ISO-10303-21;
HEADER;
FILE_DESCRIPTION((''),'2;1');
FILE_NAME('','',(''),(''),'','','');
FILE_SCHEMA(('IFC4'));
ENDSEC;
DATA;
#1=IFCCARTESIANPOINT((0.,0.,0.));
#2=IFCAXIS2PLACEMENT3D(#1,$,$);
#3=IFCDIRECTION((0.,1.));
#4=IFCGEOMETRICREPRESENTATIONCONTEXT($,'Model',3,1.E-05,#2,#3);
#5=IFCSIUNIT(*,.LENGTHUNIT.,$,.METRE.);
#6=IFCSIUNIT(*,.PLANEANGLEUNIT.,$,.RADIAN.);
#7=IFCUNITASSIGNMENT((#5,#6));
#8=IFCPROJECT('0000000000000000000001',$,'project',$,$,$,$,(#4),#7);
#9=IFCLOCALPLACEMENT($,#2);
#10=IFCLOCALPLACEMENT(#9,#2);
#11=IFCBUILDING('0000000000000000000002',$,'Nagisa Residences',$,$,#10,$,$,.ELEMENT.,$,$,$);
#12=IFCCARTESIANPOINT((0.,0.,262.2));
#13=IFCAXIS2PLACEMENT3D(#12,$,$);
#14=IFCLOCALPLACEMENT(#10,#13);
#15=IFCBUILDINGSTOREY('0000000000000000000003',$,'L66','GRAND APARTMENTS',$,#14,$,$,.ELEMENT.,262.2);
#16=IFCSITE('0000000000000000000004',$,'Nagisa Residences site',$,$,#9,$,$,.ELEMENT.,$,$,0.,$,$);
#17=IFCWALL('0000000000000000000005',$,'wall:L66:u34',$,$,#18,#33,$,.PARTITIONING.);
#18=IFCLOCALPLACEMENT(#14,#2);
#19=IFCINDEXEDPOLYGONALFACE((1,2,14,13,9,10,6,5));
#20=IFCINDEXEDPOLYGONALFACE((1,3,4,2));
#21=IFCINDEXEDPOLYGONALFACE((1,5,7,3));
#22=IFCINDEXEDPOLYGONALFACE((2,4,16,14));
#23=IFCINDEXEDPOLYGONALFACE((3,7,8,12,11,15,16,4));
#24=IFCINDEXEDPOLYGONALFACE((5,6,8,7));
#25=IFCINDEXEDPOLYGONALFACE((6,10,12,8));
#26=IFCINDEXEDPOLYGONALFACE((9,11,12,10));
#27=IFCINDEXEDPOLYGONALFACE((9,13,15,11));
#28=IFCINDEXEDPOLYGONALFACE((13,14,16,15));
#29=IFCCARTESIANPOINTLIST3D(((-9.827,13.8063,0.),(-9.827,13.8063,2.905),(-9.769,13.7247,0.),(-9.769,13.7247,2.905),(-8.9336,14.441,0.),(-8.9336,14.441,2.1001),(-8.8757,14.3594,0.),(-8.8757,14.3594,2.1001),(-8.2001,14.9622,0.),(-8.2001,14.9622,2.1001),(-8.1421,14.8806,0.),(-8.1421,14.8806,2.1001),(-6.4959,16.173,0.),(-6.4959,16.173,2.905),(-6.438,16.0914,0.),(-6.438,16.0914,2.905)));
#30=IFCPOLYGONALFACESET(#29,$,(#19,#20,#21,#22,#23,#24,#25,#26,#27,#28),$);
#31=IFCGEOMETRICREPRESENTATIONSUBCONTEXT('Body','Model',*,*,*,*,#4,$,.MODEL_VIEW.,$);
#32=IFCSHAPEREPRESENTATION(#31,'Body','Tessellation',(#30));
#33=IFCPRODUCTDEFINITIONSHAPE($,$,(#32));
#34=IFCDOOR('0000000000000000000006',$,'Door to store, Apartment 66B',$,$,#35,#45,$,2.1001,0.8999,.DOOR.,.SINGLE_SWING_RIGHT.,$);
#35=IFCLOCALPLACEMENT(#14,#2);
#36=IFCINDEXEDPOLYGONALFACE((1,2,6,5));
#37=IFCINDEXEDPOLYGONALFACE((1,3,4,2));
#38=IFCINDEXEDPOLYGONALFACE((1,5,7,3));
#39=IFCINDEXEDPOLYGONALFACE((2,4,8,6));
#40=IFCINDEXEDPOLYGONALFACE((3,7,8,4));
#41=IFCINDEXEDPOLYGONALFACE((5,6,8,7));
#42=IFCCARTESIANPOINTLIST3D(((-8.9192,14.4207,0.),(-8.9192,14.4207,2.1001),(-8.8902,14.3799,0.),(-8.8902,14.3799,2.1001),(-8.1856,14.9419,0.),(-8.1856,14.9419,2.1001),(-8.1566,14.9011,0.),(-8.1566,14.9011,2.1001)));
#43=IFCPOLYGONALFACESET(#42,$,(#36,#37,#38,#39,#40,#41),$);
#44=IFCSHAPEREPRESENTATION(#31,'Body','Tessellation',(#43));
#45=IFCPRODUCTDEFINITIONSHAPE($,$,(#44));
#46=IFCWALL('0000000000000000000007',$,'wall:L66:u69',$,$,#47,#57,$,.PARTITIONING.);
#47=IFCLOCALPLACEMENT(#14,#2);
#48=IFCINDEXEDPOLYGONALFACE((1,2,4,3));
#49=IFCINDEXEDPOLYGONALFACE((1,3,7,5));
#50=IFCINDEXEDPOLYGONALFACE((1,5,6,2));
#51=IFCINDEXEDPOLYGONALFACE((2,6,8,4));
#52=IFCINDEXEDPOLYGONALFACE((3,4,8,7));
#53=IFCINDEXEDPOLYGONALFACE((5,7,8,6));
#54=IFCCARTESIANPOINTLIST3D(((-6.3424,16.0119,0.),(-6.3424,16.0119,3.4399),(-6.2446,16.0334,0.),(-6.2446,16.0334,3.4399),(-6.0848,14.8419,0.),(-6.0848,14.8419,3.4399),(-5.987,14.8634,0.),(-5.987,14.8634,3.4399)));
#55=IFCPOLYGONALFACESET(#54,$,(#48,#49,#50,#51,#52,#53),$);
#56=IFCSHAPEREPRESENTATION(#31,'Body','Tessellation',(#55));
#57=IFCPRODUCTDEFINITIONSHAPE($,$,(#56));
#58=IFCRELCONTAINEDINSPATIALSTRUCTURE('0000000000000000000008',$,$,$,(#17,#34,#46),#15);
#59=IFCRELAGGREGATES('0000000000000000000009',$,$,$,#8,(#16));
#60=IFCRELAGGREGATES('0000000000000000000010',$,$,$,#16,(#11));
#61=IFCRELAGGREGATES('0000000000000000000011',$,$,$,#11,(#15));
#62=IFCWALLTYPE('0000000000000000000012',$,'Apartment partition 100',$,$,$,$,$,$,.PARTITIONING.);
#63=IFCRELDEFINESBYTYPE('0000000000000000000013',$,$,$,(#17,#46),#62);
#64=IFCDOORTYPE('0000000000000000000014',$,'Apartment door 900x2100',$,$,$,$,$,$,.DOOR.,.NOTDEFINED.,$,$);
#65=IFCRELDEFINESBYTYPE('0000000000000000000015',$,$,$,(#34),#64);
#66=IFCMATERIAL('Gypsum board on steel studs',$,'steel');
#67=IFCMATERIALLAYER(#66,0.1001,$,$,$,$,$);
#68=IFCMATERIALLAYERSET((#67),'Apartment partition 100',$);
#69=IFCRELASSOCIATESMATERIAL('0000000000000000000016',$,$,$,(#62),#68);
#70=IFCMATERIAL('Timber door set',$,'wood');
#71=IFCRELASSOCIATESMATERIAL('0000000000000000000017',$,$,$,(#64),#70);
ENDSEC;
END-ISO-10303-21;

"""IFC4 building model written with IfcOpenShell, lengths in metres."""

from ifc_helpers import new_model, si_unit, direction, frame, frame_2d, origin, place, context, subcontext, project, spatial, rectangle, extrude, material, layer, layer_set, type_object, element, fill, save


model = new_model("IFC4")

# Units and contexts
model_context = context("Model", 3, precision=1e-05, world=origin(), true_north=direction((0.0, 1.0)))
body_context = subcontext(model_context, "Body", "Model", "MODEL_VIEW")
ifc_project = project(units=[si_unit("LENGTHUNIT", "METRE"), si_unit("PLANEANGLEUNIT", "RADIAN")], contexts=[model_context])

# Site, building, storey
site_placement = place(None, origin())
site = spatial("IfcSite", under=ifc_project, at=site_placement, Name="Nagisa Residences site", CompositionType="ELEMENT", RefElevation=0.0)
building_placement = place(site_placement, origin())
building = spatial("IfcBuilding", under=site, at=building_placement, Name="Nagisa Residences", CompositionType="ELEMENT")
storey_placement = place(building_placement, frame((0.0, 0.0, 262.2)))
storey = spatial("IfcBuildingStorey", under=building, at=storey_placement, Name="L66", Description="GRAND APARTMENTS", CompositionType="ELEMENT", Elevation=262.2)

# Shared definitions
ifc_material_1 = material(Name="Gypsum board on steel studs", Category="steel")
ifc_layer_1 = layer(ifc_material_1, 0.1001)
ifc_layer_set_1 = layer_set([ifc_layer_1], Name="Apartment partition 100")
wall_type_1 = type_object("IfcWallType", Name="Apartment partition 100", PredefinedType="PARTITIONING", material=ifc_layer_set_1)

# Wall, opening, door
ifc_material_2 = material(Name="Timber door set", Category="wood")
door_type_1 = type_object("IfcDoorType", Name="Apartment door 900x2100", OperationType="NOTDEFINED", PredefinedType="DOOR", material=ifc_material_2)
wall_1_placement = place(storey_placement, frame((-6.467, 16.1321, 0.0), z_axis=(0.0, 0.0, 1.0), x_axis=(-0.815192, -0.57919, 0.0)))
wall_1 = element("IfcWall", 1, at=wall_1_placement, inside=storey, type_object=wall_type_1, Name="wall:L66:u34", PredefinedType="PARTITIONING", context=body_context, shape_type="SweptSolid", body=[
    extrude(rectangle(XDim=4.0862, YDim=0.1001, at=frame_2d((2.043, 0.0))), origin(), (0.0, 0.0, 1.0), 2.905),
])
opening_1_placement = place(wall_1_placement, frame((2.0903, 0.0, 0.0)))
opening_1 = element("IfcOpeningElement", 2, at=opening_1_placement, cuts=wall_1, PredefinedType="OPENING", context=body_context, shape_type="SweptSolid", body=[
    extrude(rectangle(XDim=0.8999, YDim=2.1001, at=frame_2d((0.45, 1.05))), frame((0.0, 0.0601, 0.0), z_axis=(0.0, -1.0, 0.0), x_axis=(1.0, 0.0, 0.0)), (0.0, 0.0, 1.0), 0.1201),
])
door_1_placement = place(opening_1_placement, origin())
door_1 = element("IfcDoor", 3, at=door_1_placement, inside=storey, type_object=door_type_1, Name="Door to store, Apartment 66B", OperationType="SINGLE_SWING_RIGHT", OverallHeight=2.1001, OverallWidth=0.8999, PredefinedType="DOOR", context=body_context, shape_type="SweptSolid", body=[
    extrude(rectangle(XDim=0.8999, YDim=2.1001, at=frame_2d((0.45, 1.05))), frame((0.0, 0.0249, 0.0), z_axis=(0.0, -1.0, 0.0), x_axis=(1.0, 0.0, 0.0)), (0.0, 0.0, 1.0), 0.05),
])
fill(opening_1, door_1)

# Wall
wall_2_placement = place(storey_placement, frame((-6.0359, 14.8525, 0.0), z_axis=(0.0, 0.0, 1.0), x_axis=(-0.21501, 0.976612, 0.0)))
element("IfcWall", 4, at=wall_2_placement, inside=storey, type_object=wall_type_1, Name="wall:L66:u69", PredefinedType="PARTITIONING", context=body_context, shape_type="SweptSolid", body=[
    extrude(rectangle(XDim=1.198, YDim=0.1001, at=frame_2d((0.5991, 0.0))), origin(), (0.0, 0.0, 1.0), 3.4399),
])

save(model, "model.ifc")
